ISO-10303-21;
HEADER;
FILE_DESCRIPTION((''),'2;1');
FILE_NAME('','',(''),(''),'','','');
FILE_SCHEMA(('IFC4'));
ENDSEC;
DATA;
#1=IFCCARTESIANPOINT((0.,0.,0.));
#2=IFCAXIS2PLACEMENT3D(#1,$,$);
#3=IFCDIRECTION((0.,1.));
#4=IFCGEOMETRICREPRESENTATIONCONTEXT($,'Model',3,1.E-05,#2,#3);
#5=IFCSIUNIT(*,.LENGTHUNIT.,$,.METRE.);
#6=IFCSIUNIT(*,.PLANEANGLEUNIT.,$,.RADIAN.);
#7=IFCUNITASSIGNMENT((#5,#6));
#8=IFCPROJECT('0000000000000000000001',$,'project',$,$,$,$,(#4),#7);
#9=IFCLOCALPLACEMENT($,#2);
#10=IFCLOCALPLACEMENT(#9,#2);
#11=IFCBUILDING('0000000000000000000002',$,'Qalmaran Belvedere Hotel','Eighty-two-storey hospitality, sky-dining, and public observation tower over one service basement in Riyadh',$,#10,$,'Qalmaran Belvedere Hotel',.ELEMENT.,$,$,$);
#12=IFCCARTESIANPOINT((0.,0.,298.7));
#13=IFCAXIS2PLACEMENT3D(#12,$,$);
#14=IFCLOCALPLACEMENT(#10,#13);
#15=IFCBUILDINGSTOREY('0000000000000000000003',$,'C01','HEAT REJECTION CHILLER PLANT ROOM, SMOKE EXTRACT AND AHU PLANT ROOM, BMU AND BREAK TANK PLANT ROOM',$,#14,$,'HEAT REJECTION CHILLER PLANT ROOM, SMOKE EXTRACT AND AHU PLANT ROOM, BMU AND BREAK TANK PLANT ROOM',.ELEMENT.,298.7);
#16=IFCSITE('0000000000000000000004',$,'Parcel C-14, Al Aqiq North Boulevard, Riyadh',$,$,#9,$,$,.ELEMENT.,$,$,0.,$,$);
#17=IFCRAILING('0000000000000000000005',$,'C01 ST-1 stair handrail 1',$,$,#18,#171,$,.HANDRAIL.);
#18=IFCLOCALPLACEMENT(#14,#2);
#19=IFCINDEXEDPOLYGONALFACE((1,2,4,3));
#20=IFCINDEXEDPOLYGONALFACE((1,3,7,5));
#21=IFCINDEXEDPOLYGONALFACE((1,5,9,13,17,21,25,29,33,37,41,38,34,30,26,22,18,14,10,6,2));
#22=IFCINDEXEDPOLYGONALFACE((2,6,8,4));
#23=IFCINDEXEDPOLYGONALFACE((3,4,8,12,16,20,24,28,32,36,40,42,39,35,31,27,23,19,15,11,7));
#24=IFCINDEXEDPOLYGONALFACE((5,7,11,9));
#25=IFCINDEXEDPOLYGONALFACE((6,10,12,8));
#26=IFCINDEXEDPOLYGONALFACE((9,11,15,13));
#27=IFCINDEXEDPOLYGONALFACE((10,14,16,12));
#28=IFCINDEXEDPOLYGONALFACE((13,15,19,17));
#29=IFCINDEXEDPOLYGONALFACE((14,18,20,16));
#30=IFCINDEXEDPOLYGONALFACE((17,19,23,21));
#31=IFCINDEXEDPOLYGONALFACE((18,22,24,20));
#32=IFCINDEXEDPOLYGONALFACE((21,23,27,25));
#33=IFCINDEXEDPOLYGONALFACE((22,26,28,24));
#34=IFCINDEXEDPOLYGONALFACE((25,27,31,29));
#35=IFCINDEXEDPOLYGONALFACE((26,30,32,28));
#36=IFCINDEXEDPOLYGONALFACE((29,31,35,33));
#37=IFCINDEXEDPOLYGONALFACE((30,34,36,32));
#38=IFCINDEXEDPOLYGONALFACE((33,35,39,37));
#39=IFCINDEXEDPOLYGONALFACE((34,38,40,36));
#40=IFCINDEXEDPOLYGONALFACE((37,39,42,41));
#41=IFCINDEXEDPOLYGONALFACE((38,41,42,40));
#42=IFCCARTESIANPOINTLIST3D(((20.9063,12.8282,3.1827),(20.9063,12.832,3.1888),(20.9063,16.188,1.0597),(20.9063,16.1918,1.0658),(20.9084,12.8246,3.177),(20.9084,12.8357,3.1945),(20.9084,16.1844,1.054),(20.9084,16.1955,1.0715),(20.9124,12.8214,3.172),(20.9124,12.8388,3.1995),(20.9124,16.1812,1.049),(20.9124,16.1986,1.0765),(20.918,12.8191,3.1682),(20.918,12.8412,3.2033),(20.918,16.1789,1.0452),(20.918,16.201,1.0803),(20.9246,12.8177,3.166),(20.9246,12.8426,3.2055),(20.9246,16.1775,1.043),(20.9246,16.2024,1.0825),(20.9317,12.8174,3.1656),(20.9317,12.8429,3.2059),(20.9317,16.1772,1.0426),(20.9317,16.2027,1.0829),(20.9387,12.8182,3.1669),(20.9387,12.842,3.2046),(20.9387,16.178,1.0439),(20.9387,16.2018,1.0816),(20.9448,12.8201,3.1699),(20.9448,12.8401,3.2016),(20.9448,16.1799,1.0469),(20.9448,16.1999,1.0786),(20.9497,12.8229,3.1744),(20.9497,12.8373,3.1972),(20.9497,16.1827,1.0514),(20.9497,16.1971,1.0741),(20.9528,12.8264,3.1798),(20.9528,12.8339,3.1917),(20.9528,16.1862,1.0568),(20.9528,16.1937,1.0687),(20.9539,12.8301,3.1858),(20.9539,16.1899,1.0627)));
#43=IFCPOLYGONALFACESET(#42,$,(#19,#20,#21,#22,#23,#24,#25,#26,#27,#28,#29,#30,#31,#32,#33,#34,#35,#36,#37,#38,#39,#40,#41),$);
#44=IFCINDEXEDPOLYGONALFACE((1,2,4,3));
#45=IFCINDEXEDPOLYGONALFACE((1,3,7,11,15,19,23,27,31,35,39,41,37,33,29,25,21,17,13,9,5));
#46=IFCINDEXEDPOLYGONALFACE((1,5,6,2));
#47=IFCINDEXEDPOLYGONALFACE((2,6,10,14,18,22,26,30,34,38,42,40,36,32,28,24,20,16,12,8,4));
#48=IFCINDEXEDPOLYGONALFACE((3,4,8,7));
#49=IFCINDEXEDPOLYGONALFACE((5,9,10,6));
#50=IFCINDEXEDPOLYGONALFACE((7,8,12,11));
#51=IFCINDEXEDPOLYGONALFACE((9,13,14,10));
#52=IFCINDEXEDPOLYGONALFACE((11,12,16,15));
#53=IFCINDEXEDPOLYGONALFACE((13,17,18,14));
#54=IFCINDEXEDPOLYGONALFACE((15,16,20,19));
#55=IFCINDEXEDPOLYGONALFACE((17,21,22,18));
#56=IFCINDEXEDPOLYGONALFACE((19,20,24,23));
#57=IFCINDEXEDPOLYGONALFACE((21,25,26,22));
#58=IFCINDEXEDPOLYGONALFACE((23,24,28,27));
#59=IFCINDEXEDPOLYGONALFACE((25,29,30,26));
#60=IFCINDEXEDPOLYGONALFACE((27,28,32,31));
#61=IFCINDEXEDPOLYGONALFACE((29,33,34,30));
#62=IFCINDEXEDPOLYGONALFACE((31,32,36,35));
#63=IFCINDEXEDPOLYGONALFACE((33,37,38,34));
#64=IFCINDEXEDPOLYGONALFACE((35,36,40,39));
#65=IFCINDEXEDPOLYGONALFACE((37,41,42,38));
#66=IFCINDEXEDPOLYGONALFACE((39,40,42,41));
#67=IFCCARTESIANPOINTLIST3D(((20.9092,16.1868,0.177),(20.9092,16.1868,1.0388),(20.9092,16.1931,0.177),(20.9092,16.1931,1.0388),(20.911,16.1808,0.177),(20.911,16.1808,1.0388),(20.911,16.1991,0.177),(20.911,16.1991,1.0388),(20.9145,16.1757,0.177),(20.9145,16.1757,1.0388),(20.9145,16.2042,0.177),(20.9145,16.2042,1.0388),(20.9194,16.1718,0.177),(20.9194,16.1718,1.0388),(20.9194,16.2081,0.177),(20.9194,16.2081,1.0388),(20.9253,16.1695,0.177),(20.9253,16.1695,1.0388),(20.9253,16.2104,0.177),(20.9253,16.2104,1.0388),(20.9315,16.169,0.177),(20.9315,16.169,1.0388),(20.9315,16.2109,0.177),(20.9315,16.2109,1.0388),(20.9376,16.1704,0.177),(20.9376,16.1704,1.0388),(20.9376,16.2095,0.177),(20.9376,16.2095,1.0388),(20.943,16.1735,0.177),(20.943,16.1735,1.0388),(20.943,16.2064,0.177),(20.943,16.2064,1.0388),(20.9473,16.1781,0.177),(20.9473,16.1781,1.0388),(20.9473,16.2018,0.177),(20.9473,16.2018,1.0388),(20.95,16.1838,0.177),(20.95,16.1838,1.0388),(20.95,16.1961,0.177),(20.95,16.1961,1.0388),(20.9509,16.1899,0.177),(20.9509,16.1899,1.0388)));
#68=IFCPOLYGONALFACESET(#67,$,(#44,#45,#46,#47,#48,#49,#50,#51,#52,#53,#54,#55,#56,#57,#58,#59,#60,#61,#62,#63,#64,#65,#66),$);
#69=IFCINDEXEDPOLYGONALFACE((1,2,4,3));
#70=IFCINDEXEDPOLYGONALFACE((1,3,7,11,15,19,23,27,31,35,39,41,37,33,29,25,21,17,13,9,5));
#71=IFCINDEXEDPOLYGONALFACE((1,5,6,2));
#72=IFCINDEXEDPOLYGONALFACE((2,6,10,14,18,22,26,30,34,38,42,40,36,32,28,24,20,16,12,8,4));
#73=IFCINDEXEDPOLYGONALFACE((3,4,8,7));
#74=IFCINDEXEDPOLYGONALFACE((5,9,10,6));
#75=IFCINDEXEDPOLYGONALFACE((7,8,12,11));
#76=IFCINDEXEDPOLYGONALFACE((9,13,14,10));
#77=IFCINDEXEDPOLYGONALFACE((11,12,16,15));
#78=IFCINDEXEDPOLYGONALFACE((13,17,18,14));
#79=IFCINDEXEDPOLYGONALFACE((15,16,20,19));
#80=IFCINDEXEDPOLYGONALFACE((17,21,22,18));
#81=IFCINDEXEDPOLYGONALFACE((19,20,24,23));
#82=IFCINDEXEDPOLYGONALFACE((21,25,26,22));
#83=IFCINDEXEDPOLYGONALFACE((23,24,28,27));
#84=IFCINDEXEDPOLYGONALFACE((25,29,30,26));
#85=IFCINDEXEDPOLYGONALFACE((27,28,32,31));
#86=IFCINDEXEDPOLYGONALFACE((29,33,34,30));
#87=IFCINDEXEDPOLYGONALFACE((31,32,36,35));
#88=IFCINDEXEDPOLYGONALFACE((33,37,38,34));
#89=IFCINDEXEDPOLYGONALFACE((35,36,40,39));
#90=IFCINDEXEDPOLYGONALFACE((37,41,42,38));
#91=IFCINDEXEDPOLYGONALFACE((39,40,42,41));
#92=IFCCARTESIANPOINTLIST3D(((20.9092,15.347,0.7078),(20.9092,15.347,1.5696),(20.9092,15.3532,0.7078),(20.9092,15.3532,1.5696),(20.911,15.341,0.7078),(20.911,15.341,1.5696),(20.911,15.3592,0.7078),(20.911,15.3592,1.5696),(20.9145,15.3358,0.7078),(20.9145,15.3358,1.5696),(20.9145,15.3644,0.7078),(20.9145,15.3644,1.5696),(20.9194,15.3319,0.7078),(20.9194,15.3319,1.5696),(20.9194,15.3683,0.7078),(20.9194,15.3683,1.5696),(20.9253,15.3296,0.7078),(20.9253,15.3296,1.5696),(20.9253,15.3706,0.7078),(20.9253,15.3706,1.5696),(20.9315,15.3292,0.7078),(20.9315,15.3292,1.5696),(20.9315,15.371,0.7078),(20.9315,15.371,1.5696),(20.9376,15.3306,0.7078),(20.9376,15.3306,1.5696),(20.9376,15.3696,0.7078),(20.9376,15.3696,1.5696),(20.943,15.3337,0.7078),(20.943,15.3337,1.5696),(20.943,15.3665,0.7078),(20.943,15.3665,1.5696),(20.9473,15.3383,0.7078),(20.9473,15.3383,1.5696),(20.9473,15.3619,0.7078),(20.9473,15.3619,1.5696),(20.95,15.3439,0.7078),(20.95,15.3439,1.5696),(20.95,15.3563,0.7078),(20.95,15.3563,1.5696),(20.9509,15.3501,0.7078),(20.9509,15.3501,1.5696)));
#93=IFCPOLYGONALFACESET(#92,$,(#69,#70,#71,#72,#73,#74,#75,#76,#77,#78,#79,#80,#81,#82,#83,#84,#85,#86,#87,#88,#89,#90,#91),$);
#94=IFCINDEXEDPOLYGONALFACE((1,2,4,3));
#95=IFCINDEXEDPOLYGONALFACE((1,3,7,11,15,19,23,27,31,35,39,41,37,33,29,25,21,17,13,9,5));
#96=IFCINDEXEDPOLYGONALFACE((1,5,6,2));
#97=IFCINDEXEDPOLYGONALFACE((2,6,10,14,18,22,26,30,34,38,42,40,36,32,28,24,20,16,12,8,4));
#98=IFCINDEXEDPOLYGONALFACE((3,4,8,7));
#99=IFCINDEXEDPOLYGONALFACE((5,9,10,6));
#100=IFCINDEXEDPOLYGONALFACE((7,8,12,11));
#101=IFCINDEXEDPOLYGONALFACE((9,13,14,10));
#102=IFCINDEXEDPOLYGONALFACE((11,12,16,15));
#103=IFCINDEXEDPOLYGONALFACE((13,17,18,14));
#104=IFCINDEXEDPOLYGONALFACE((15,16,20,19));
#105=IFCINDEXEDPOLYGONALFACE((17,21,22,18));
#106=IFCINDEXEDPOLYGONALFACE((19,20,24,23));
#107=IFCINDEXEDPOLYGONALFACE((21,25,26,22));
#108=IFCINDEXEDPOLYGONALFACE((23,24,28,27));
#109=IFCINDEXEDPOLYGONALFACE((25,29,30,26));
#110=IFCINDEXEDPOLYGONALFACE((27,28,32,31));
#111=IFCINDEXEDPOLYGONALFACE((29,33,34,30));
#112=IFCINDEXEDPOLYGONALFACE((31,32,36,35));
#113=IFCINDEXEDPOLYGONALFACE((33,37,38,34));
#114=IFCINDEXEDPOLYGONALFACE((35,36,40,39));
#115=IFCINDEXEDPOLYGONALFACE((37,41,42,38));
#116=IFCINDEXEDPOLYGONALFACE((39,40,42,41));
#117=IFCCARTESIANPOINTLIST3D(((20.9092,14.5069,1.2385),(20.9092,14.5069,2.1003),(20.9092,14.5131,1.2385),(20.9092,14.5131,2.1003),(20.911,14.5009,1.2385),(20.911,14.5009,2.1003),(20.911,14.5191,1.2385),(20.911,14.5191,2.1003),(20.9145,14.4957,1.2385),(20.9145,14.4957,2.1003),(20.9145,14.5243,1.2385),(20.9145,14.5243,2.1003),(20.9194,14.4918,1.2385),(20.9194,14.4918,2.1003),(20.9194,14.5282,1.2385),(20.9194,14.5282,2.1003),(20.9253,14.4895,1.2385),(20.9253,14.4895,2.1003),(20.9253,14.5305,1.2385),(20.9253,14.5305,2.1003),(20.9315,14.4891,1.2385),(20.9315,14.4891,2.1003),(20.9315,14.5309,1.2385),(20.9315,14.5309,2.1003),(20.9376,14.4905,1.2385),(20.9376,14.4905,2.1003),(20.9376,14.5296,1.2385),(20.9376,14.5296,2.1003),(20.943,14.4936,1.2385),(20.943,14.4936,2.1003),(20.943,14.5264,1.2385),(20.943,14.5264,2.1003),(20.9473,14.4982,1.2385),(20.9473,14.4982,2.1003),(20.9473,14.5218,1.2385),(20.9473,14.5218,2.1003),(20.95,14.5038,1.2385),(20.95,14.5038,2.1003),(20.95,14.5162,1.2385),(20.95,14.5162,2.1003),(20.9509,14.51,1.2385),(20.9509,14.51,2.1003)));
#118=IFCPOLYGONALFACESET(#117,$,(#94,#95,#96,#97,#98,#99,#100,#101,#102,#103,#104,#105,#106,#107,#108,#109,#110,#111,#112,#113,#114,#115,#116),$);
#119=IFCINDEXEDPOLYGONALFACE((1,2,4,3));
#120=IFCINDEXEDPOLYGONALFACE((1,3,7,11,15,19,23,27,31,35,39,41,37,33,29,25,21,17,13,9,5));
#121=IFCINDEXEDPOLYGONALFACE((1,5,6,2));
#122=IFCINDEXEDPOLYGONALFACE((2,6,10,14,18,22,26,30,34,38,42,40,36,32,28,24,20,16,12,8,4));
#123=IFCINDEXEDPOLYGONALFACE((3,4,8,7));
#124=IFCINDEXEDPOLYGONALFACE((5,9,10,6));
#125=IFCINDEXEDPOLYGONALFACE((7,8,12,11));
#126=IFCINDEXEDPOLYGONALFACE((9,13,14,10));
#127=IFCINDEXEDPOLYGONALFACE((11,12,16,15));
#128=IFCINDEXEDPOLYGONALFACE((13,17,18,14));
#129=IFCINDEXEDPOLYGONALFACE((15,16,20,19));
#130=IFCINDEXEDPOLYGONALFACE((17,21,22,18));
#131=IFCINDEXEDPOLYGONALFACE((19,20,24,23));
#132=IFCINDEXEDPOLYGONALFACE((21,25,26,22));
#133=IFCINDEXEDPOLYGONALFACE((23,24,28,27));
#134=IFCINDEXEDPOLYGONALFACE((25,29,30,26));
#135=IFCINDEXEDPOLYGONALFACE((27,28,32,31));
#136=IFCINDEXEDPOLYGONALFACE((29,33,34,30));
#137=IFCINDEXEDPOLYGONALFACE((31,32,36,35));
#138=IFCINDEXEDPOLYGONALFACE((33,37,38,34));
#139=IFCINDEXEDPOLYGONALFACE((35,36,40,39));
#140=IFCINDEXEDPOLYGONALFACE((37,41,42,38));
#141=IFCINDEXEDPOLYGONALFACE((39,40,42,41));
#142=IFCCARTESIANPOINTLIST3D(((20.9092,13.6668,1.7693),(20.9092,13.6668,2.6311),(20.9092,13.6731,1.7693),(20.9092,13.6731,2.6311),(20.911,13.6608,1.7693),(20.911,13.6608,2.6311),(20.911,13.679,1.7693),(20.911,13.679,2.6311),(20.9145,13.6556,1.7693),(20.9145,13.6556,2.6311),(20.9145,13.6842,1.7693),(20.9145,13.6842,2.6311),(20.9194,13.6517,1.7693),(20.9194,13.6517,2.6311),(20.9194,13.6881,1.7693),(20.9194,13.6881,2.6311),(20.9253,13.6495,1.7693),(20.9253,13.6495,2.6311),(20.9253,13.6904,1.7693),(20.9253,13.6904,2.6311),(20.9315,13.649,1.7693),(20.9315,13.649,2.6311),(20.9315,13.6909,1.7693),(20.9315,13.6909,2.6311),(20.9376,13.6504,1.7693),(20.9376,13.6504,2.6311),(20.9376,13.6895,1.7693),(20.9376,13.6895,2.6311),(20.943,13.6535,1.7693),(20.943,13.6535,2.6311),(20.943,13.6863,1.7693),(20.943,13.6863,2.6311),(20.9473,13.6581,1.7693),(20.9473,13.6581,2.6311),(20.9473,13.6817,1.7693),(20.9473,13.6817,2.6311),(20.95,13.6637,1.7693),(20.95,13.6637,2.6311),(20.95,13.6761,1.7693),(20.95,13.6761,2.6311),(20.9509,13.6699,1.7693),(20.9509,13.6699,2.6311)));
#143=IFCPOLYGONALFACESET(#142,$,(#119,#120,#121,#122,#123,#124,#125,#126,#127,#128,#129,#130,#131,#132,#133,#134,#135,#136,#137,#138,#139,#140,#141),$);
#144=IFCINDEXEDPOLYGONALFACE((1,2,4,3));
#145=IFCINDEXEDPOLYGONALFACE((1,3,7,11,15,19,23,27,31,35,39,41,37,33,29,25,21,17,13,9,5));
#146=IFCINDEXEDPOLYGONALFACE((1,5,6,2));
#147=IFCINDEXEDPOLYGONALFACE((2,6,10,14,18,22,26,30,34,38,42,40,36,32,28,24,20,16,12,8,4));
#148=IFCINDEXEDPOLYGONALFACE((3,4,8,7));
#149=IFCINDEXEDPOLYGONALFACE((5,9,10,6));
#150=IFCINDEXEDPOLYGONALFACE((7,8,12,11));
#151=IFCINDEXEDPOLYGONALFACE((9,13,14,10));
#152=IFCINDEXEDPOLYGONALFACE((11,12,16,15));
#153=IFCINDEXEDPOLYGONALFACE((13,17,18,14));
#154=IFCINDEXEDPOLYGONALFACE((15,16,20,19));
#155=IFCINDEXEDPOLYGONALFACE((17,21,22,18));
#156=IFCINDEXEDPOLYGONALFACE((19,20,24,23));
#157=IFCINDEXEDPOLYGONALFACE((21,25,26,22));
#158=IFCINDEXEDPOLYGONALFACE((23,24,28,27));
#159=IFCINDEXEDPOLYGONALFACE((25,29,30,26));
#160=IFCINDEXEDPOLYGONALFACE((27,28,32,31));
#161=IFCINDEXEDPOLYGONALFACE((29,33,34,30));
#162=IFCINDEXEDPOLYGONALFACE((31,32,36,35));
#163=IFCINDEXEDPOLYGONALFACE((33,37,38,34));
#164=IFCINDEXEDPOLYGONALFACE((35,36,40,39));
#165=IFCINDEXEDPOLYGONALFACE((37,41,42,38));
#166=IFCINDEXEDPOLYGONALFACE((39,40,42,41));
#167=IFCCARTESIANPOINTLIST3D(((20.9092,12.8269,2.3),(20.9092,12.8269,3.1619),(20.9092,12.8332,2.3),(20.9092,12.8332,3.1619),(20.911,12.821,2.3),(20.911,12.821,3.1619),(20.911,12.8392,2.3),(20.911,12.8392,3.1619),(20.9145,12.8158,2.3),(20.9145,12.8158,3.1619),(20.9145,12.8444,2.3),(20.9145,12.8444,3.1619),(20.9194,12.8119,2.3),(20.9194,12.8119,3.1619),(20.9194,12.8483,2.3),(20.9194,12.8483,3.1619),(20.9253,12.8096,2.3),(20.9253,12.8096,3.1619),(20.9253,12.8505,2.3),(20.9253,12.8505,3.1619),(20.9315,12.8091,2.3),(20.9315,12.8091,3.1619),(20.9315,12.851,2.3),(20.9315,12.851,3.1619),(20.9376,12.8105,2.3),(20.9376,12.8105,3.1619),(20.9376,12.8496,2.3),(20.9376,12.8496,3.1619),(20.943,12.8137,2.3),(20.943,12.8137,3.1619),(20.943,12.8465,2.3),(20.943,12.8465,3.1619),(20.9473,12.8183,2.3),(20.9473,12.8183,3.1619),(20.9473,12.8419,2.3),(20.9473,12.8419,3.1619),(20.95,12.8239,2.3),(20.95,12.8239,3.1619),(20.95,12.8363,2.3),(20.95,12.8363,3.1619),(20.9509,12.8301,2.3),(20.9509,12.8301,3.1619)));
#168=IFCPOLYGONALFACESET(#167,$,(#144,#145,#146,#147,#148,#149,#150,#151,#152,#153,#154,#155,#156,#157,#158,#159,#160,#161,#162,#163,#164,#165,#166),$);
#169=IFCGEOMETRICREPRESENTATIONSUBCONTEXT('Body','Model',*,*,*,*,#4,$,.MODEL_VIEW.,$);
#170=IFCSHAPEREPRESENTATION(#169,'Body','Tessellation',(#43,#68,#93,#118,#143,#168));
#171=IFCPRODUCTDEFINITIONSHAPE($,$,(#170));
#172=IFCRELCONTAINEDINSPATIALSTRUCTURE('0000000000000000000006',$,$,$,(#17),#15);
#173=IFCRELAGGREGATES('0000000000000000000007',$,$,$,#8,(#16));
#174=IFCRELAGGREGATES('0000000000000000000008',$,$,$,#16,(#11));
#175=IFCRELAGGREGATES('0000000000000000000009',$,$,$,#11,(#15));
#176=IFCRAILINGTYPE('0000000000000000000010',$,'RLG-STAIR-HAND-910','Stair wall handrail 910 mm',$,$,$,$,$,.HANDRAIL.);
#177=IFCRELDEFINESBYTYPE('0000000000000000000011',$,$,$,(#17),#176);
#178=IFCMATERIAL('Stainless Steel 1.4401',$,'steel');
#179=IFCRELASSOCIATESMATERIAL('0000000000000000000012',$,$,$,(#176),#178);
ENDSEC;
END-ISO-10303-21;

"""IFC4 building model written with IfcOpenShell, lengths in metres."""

from ifc_helpers import new_model, si_unit, direction, frame, origin, origin_2d, place, context, subcontext, project, spatial, circle, extrude, material, type_object, element, save


model = new_model("IFC4")

# Units and contexts
model_context = context("Model", 3, precision=1e-05, world=origin(), true_north=direction((0.0, 1.0)))
body_context = subcontext(model_context, "Body", "Model", "MODEL_VIEW")
ifc_project = project(units=[si_unit("LENGTHUNIT", "METRE"), si_unit("PLANEANGLEUNIT", "RADIAN")], contexts=[model_context])

# Site, building, storey
site_placement = place(None, origin())
site = spatial("IfcSite", under=ifc_project, at=site_placement, Name="Parcel C-14, Al Aqiq North Boulevard, Riyadh", CompositionType="ELEMENT", RefElevation=0.0)
building_placement = place(site_placement, origin())
building = spatial("IfcBuilding", under=site, at=building_placement, Name="Qalmaran Belvedere Hotel", Description="Eighty-two-storey hospitality, sky-dining, and public observation tower over one service basement in Riyadh", LongName="Qalmaran Belvedere Hotel", CompositionType="ELEMENT")
storey_placement = place(building_placement, frame((0.0, 0.0, 298.7)))
storey = spatial("IfcBuildingStorey", under=building, at=storey_placement, Name="C01", Description="HEAT REJECTION CHILLER PLANT ROOM, SMOKE EXTRACT AND AHU PLANT ROOM, BMU AND BREAK TANK PLANT ROOM", LongName="HEAT REJECTION CHILLER PLANT ROOM, SMOKE EXTRACT AND AHU PLANT ROOM, BMU AND BREAK TANK PLANT ROOM", CompositionType="ELEMENT", Elevation=298.7)

# Shared definitions
ifc_material_1 = material(Name="Stainless Steel 1.4401", Category="steel")

# Railing
railing_type_1 = type_object("IfcRailingType", Name="RLG-STAIR-HAND-910", Description="Stair wall handrail 910 mm", PredefinedType="HANDRAIL", material=ifc_material_1)
railing_1_placement = place(storey_placement, frame((20.9299, 16.1899, 0.177)))
element("IfcRailing", 1, at=railing_1_placement, inside=storey, type_object=railing_type_1, Name="C01 ST-1 stair handrail 1", PredefinedType="HANDRAIL", context=body_context, shape_type="SweptSolid", body=[
    extrude(circle(Radius=0.0239, at=origin_2d()), frame((0.0, 0.0, 0.8857), z_axis=(0.0, -0.845372, 0.534178), x_axis=(1.0, 0.0, 0.0)), (0.0, 0.0, 1.0), 3.9744),
    extrude(circle(Radius=0.021, at=origin_2d()), origin(), (0.0, 0.0, 1.0), 0.8618),
    extrude(circle(Radius=0.021, at=origin_2d()), frame((0.0, -0.8398, 0.5308)), (0.0, 0.0, 1.0), 0.8618),
    extrude(circle(Radius=0.021, at=origin_2d()), frame((0.0, -1.6799, 1.0615)), (0.0, 0.0, 1.0), 0.8618),
    extrude(circle(Radius=0.021, at=origin_2d()), frame((0.0, -2.52, 1.5923)), (0.0, 0.0, 1.0), 0.8618),
    extrude(circle(Radius=0.021, at=origin_2d()), frame((0.0, -3.3599, 2.123)), (0.0, 0.0, 1.0), 0.8618),
])

save(model, "model.ifc")
